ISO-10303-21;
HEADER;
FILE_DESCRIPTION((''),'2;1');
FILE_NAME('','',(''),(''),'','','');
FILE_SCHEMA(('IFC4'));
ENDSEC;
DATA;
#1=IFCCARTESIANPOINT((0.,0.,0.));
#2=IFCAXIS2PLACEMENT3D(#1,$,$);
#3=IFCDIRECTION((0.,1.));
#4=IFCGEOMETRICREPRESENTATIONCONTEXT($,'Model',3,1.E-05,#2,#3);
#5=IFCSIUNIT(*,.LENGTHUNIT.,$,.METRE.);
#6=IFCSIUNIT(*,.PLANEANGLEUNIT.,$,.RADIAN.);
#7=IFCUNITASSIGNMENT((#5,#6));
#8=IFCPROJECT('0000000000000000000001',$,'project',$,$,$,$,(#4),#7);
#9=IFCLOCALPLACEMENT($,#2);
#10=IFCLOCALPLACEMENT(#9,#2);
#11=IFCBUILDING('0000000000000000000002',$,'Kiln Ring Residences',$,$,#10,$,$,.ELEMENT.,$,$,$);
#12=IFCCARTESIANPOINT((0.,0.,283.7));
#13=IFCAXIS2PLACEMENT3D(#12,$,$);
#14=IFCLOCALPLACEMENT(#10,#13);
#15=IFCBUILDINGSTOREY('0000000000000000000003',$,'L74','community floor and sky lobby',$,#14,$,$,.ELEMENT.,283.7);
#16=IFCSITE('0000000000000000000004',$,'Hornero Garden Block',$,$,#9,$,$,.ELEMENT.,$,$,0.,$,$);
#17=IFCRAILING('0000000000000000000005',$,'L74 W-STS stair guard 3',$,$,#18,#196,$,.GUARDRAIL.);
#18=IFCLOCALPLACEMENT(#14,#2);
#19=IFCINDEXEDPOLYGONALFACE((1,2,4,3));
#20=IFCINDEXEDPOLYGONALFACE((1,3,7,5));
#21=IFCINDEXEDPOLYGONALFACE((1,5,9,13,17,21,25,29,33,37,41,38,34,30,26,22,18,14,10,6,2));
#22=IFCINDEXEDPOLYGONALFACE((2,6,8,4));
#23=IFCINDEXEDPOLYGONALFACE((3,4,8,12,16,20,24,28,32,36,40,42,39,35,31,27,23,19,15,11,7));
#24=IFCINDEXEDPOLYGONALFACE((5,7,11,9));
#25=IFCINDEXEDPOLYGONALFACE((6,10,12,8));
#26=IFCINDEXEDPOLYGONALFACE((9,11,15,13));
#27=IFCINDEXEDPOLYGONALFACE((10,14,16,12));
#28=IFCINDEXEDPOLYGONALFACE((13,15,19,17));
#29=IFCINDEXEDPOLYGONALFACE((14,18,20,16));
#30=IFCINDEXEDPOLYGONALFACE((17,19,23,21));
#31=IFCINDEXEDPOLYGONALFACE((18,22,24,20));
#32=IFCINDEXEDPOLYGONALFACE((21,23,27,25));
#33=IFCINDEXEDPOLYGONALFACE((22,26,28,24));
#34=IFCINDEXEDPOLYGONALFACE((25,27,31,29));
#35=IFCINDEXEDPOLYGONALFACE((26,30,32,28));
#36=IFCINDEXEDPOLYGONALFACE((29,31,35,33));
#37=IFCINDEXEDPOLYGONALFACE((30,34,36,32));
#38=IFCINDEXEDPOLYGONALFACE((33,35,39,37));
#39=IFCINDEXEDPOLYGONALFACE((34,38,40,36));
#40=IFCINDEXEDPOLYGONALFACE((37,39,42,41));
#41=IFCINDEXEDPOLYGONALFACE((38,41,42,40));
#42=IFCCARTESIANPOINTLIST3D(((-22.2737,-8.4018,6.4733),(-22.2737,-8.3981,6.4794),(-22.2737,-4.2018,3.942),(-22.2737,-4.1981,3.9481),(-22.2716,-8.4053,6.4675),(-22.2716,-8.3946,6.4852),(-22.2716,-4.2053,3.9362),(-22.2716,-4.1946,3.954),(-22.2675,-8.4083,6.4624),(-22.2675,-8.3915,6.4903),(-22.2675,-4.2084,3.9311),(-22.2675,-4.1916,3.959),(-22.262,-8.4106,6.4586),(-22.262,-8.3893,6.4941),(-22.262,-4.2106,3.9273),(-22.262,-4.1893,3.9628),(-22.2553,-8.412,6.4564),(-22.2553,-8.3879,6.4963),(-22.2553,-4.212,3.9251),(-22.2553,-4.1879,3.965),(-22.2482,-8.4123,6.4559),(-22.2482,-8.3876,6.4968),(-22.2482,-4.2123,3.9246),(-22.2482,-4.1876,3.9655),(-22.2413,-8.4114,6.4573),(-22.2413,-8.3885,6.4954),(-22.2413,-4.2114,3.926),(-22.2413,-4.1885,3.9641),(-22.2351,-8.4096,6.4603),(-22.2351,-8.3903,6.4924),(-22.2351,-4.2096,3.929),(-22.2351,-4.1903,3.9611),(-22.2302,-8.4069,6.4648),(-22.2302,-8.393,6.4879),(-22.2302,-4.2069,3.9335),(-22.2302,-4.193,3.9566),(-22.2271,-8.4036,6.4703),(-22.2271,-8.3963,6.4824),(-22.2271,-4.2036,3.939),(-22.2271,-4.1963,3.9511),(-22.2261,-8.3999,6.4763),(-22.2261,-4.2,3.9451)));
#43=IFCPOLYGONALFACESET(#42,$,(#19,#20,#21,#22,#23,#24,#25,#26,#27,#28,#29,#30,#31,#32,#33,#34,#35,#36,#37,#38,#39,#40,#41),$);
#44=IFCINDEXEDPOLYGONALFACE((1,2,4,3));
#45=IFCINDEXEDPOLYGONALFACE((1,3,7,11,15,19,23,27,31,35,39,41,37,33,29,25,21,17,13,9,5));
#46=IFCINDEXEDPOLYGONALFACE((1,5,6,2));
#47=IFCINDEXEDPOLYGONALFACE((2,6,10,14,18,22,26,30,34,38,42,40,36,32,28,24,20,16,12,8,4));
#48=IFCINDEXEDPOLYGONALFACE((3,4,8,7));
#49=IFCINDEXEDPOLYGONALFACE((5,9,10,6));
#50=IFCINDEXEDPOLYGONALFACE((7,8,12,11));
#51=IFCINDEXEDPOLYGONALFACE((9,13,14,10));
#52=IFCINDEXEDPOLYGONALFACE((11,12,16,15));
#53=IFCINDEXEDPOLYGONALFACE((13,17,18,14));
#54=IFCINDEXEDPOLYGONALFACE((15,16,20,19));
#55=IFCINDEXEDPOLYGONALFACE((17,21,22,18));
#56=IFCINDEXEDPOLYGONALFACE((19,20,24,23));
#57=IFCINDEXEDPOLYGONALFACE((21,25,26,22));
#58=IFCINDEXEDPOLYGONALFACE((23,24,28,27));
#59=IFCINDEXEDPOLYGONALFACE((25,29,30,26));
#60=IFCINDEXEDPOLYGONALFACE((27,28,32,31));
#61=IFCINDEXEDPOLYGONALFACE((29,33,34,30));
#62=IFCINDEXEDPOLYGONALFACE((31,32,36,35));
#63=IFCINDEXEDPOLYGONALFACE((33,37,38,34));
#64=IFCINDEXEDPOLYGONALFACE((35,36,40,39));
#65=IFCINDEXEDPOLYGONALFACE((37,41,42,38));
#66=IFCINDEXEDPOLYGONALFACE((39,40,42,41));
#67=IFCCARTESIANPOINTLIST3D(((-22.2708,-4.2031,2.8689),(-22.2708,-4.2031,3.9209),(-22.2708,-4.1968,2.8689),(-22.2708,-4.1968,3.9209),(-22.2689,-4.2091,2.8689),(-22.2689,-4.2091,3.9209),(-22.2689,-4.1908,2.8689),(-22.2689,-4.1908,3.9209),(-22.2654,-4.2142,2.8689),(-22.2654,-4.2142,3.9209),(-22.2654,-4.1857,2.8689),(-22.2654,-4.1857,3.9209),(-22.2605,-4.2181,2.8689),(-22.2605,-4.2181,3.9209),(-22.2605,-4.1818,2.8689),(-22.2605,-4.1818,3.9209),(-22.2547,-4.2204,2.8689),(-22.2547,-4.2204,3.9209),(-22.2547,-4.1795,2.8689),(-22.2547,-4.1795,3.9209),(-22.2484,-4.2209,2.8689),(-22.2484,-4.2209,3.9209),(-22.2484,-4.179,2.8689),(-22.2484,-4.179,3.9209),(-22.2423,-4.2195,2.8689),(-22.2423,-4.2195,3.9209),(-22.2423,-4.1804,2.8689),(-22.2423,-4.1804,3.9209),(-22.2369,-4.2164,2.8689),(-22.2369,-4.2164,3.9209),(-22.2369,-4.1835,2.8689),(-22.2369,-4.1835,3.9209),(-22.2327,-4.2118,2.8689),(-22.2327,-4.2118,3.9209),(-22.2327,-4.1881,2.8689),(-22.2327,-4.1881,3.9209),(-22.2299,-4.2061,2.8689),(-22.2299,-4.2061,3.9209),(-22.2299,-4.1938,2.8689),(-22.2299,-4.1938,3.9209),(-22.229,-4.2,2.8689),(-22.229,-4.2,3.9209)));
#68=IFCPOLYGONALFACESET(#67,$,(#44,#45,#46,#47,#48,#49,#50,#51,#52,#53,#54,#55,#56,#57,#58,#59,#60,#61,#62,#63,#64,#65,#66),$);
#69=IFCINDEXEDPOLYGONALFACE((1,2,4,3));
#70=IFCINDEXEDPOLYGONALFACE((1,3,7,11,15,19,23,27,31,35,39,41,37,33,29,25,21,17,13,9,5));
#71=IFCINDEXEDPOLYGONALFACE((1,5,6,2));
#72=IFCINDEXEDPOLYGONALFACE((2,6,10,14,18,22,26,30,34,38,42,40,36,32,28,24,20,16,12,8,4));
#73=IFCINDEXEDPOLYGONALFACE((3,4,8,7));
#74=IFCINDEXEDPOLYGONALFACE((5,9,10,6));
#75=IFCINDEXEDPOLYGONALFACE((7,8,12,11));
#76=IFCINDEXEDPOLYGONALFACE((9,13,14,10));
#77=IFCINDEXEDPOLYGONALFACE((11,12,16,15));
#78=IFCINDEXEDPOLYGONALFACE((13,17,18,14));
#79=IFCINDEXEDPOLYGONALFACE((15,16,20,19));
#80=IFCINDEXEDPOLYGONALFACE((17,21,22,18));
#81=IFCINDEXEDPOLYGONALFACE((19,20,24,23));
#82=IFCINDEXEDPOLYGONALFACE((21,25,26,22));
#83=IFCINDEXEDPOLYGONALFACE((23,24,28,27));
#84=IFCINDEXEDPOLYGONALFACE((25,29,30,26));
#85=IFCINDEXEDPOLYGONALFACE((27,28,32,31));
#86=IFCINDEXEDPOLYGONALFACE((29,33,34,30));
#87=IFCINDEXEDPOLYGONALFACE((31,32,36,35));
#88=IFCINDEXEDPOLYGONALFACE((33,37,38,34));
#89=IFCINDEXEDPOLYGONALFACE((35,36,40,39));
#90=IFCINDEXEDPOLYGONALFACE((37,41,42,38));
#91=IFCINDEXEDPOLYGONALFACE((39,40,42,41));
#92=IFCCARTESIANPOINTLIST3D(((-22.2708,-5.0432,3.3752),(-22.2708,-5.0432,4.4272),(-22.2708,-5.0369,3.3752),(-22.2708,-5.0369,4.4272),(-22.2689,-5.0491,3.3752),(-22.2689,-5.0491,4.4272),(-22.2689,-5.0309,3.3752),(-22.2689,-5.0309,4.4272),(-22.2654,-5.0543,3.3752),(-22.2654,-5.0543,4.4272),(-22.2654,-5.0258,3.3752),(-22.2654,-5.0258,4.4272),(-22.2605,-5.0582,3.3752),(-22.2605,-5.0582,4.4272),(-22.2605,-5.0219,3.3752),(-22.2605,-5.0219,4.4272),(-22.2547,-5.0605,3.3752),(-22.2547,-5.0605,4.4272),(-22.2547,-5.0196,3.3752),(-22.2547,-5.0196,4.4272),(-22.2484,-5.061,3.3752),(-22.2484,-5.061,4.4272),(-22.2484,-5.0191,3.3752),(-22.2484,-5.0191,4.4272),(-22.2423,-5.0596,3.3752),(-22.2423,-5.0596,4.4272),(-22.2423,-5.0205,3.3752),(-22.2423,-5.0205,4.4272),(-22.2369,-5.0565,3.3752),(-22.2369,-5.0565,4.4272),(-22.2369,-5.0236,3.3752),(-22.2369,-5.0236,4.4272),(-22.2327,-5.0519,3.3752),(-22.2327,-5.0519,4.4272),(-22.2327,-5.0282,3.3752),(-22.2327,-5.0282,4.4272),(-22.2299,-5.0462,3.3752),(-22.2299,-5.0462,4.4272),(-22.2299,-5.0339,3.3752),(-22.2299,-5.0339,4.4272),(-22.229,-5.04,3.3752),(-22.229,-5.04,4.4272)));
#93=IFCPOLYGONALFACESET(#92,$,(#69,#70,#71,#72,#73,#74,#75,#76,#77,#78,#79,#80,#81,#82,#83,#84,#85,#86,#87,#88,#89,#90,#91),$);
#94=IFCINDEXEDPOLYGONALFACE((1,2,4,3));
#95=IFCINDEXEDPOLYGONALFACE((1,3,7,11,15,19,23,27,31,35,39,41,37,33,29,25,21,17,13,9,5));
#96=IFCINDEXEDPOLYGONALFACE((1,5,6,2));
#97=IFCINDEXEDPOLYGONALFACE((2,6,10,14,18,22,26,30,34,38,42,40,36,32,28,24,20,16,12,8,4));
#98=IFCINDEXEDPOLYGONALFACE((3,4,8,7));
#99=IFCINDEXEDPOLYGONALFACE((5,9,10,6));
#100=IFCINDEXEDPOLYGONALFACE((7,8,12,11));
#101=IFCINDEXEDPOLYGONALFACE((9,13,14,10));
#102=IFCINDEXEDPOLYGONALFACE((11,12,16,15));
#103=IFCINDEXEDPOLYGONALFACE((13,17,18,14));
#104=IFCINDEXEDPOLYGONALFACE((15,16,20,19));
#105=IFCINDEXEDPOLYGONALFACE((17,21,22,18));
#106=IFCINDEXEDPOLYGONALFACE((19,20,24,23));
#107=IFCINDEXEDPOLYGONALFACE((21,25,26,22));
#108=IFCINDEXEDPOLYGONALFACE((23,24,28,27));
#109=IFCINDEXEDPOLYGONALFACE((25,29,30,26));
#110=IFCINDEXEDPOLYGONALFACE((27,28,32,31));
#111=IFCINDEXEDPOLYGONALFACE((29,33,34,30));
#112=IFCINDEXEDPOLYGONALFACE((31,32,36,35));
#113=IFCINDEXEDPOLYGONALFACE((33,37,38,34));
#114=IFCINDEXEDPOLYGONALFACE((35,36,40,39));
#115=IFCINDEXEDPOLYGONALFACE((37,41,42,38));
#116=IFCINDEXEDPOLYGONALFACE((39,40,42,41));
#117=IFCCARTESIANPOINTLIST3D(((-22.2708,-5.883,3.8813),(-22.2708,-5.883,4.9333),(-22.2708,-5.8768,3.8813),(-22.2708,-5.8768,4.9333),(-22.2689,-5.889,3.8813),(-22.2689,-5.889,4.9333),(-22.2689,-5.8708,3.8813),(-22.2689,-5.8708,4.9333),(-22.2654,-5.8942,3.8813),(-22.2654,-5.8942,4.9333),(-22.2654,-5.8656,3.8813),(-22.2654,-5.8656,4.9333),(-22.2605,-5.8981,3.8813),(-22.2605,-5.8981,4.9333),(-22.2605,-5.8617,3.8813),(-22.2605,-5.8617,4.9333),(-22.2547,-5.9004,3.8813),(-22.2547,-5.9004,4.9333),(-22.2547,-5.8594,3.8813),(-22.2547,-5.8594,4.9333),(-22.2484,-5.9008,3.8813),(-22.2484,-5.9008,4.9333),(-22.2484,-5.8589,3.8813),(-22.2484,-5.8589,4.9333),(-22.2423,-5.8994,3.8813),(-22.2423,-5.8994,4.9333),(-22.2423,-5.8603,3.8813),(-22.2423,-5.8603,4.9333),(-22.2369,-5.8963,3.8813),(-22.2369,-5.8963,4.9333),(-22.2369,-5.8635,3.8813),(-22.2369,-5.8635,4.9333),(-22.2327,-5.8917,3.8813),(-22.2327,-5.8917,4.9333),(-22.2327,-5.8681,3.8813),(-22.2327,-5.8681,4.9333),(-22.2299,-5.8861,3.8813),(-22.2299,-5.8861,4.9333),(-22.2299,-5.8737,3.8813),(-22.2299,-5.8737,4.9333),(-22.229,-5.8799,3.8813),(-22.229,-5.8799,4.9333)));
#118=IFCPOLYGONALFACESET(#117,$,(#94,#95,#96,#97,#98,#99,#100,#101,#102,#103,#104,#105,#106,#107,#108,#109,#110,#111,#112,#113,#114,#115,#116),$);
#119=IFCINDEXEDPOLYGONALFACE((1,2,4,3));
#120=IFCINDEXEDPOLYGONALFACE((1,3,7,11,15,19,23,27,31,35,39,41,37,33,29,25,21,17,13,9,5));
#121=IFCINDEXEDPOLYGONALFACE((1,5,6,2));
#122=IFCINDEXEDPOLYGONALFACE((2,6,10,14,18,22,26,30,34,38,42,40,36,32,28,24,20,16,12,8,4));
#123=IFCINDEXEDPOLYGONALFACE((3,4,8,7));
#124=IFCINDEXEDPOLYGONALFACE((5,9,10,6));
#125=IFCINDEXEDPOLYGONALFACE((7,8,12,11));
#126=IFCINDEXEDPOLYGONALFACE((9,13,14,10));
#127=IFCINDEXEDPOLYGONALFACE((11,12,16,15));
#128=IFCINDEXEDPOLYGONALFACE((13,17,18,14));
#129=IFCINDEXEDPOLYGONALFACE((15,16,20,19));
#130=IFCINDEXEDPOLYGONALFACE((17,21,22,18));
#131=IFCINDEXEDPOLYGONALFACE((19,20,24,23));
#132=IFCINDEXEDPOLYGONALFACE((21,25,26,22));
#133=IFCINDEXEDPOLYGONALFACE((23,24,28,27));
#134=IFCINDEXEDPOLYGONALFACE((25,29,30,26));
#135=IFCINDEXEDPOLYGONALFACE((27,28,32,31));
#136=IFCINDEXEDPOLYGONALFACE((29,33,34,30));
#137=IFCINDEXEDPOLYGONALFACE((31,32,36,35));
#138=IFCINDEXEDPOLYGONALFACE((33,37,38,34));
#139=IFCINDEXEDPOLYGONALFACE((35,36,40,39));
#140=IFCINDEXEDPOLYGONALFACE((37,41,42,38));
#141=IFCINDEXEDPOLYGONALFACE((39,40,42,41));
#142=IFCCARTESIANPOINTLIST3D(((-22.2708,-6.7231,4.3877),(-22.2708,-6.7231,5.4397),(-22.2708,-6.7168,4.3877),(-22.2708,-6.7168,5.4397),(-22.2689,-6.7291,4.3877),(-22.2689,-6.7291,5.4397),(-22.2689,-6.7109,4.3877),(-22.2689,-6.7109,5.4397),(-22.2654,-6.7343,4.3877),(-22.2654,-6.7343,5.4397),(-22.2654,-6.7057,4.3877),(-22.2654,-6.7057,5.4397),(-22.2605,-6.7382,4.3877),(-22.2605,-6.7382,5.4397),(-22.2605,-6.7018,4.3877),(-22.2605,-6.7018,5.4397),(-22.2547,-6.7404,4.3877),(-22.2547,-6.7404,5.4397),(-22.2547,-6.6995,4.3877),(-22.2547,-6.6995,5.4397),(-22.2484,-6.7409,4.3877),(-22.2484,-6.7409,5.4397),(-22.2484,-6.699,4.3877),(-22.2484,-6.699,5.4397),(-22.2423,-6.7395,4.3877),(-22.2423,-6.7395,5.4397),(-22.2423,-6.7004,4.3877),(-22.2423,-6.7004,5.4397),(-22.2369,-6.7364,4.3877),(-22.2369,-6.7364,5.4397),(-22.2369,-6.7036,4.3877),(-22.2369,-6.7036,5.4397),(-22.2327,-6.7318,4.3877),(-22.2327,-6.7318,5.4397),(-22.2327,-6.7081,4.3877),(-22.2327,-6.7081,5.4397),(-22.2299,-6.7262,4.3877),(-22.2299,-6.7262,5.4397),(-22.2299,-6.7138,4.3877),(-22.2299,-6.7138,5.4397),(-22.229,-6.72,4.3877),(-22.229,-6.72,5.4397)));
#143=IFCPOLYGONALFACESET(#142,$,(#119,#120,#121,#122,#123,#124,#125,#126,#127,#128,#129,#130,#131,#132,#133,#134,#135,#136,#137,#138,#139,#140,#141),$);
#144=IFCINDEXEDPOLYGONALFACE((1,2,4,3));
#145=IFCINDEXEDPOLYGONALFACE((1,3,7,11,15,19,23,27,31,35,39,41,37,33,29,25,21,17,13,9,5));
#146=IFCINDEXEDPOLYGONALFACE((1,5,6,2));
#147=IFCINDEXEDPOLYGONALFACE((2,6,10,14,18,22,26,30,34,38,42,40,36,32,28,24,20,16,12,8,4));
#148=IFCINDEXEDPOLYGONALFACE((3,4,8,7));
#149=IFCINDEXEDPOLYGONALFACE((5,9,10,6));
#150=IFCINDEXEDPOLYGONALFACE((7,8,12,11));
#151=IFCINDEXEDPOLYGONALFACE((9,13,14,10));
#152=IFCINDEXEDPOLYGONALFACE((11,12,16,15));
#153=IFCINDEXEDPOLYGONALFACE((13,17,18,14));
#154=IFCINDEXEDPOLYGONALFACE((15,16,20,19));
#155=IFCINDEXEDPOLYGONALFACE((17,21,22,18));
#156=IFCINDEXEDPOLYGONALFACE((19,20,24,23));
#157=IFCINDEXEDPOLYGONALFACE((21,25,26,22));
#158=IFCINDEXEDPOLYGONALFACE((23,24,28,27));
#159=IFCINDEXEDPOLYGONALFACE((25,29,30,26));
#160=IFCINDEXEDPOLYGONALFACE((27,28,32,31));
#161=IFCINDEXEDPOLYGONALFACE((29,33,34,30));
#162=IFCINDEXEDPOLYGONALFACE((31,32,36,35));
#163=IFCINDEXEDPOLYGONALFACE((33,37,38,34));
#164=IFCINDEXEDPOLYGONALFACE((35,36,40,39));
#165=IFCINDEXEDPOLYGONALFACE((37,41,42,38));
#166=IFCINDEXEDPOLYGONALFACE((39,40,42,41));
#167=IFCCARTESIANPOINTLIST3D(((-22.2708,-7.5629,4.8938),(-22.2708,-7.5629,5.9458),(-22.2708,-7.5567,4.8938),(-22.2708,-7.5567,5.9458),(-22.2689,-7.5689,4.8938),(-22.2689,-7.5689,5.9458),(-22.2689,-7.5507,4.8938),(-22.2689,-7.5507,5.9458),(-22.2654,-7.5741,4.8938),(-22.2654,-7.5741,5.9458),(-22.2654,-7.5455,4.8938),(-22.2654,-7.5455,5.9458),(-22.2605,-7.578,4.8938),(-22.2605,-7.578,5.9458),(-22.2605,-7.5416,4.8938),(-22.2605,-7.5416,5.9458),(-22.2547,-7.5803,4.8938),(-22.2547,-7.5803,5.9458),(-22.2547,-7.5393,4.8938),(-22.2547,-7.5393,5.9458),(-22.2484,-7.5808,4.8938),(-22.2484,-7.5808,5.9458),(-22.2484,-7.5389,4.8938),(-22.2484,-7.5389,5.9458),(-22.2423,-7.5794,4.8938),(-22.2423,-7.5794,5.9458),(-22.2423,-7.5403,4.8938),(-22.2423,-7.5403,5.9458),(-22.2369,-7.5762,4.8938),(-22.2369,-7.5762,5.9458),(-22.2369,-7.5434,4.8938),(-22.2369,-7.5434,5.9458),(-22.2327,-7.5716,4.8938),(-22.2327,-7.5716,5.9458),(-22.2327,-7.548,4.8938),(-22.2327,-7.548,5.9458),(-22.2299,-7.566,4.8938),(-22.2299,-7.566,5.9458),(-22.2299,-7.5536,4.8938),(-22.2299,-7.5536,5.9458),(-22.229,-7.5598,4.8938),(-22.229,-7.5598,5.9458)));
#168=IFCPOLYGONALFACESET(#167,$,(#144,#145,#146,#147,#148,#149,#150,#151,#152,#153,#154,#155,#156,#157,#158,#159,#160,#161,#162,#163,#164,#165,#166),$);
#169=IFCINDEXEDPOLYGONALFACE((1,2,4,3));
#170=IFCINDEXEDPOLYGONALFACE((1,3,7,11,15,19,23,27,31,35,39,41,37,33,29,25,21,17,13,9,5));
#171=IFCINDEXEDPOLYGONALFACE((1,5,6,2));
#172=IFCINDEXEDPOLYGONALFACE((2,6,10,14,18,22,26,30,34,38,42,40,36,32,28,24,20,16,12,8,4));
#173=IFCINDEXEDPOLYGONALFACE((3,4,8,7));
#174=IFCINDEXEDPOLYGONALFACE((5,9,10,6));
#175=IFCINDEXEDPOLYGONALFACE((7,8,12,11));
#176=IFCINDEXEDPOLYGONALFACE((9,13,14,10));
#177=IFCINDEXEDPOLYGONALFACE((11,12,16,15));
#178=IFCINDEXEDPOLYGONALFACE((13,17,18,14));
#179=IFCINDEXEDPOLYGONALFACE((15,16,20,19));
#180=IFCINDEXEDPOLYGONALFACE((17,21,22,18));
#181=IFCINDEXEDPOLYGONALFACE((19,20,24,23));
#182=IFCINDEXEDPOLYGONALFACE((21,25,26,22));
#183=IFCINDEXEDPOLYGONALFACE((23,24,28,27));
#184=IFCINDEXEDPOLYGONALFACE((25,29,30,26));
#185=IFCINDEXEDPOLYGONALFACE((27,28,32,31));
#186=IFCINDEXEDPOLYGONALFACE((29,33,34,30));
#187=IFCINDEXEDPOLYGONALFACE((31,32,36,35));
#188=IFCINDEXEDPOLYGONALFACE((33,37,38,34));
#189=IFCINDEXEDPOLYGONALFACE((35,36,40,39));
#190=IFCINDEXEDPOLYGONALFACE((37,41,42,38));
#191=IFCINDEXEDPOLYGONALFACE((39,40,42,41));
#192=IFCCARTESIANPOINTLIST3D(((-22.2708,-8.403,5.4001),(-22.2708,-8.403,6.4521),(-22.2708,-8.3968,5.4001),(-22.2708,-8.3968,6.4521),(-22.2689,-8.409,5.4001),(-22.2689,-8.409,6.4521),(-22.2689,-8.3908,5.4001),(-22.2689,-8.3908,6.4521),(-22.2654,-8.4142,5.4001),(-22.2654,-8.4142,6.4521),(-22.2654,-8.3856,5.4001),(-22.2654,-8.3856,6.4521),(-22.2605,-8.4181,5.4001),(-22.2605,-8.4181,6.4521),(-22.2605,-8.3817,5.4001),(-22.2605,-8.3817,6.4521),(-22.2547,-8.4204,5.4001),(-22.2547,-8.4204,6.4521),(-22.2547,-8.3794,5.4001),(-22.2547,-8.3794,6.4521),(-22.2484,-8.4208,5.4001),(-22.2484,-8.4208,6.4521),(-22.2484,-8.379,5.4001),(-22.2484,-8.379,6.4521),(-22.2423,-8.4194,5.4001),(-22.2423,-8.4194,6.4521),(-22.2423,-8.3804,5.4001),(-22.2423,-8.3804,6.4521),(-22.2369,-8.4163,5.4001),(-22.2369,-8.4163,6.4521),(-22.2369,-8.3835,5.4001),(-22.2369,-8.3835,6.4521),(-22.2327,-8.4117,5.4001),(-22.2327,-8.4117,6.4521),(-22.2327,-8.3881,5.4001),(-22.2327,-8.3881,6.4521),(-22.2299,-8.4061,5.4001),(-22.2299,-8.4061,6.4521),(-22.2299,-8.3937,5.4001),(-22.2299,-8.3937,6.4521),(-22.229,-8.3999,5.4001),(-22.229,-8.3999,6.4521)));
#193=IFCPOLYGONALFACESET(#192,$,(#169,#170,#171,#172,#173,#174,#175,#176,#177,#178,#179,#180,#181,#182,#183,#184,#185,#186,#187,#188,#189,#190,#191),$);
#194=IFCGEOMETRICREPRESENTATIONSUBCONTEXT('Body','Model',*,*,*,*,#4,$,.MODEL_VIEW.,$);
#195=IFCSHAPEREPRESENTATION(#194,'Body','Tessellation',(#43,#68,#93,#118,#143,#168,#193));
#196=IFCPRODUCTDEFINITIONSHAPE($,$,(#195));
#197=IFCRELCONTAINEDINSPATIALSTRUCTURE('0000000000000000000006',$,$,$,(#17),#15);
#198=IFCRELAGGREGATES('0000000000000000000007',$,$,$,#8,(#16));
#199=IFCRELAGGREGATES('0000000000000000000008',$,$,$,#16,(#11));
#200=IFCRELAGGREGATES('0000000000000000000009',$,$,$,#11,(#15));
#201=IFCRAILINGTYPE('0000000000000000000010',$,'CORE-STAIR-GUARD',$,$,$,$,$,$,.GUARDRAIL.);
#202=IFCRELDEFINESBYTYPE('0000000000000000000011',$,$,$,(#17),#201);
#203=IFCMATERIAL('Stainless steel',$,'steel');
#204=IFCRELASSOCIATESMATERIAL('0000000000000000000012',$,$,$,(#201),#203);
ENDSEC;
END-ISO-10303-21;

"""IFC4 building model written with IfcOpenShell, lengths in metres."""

from ifc_helpers import new_model, si_unit, direction, frame, origin, origin_2d, place, context, subcontext, project, spatial, circle, extrude, material, type_object, element, save


model = new_model("IFC4")

# Units and contexts
model_context = context("Model", 3, precision=1e-05, world=origin(), true_north=direction((0.0, 1.0)))
body_context = subcontext(model_context, "Body", "Model", "MODEL_VIEW")
ifc_project = project(units=[si_unit("LENGTHUNIT", "METRE"), si_unit("PLANEANGLEUNIT", "RADIAN")], contexts=[model_context])

# Site, building, storey
site_placement = place(None, origin())
site = spatial("IfcSite", under=ifc_project, at=site_placement, Name="Hornero Garden Block", CompositionType="ELEMENT", RefElevation=0.0)
building_placement = place(site_placement, origin())
building = spatial("IfcBuilding", under=site, at=building_placement, Name="Kiln Ring Residences", CompositionType="ELEMENT")
storey_placement = place(building_placement, frame((0.0, 0.0, 283.7)))
storey = spatial("IfcBuildingStorey", under=building, at=storey_placement, Name="L74", Description="community floor and sky lobby", CompositionType="ELEMENT", Elevation=283.7)

# Railing
ifc_material_1 = material(Name="Stainless steel", Category="steel")
railing_type_1 = type_object("IfcRailingType", Name="CORE-STAIR-GUARD", PredefinedType="GUARDRAIL", material=ifc_material_1)
railing_1_placement = place(storey_placement, frame((-22.25, -4.2, 2.8689)))
element("IfcRailing", 1, at=railing_1_placement, inside=storey, type_object=railing_type_1, Name="L74 W-STS stair guard 3", PredefinedType="GUARDRAIL", context=body_context, shape_type="SweptSolid", body=[
    extrude(circle(Radius=0.0239, at=origin_2d()), frame((0.0, 0.0, 1.0762), z_axis=(0.0, -0.856476, 0.516186), x_axis=(1.0, 0.0, 0.0)), (0.0, 0.0, 1.0), 4.9038),
    extrude(circle(Radius=0.021, at=origin_2d()), origin(), (0.0, 0.0, 1.0), 1.052),
    extrude(circle(Radius=0.021, at=origin_2d()), frame((0.0, -0.8401, 0.5063)), (0.0, 0.0, 1.0), 1.052),
    extrude(circle(Radius=0.021, at=origin_2d()), frame((0.0, -1.6799, 1.0125)), (0.0, 0.0, 1.0), 1.052),
    extrude(circle(Radius=0.021, at=origin_2d()), frame((0.0, -2.52, 1.5188)), (0.0, 0.0, 1.0), 1.052),
    extrude(circle(Radius=0.021, at=origin_2d()), frame((0.0, -3.3599, 2.0249)), (0.0, 0.0, 1.0), 1.052),
    extrude(circle(Radius=0.021, at=origin_2d()), frame((0.0, -4.2, 2.5312)), (0.0, 0.0, 1.0), 1.052),
])

save(model, "model.ifc")
